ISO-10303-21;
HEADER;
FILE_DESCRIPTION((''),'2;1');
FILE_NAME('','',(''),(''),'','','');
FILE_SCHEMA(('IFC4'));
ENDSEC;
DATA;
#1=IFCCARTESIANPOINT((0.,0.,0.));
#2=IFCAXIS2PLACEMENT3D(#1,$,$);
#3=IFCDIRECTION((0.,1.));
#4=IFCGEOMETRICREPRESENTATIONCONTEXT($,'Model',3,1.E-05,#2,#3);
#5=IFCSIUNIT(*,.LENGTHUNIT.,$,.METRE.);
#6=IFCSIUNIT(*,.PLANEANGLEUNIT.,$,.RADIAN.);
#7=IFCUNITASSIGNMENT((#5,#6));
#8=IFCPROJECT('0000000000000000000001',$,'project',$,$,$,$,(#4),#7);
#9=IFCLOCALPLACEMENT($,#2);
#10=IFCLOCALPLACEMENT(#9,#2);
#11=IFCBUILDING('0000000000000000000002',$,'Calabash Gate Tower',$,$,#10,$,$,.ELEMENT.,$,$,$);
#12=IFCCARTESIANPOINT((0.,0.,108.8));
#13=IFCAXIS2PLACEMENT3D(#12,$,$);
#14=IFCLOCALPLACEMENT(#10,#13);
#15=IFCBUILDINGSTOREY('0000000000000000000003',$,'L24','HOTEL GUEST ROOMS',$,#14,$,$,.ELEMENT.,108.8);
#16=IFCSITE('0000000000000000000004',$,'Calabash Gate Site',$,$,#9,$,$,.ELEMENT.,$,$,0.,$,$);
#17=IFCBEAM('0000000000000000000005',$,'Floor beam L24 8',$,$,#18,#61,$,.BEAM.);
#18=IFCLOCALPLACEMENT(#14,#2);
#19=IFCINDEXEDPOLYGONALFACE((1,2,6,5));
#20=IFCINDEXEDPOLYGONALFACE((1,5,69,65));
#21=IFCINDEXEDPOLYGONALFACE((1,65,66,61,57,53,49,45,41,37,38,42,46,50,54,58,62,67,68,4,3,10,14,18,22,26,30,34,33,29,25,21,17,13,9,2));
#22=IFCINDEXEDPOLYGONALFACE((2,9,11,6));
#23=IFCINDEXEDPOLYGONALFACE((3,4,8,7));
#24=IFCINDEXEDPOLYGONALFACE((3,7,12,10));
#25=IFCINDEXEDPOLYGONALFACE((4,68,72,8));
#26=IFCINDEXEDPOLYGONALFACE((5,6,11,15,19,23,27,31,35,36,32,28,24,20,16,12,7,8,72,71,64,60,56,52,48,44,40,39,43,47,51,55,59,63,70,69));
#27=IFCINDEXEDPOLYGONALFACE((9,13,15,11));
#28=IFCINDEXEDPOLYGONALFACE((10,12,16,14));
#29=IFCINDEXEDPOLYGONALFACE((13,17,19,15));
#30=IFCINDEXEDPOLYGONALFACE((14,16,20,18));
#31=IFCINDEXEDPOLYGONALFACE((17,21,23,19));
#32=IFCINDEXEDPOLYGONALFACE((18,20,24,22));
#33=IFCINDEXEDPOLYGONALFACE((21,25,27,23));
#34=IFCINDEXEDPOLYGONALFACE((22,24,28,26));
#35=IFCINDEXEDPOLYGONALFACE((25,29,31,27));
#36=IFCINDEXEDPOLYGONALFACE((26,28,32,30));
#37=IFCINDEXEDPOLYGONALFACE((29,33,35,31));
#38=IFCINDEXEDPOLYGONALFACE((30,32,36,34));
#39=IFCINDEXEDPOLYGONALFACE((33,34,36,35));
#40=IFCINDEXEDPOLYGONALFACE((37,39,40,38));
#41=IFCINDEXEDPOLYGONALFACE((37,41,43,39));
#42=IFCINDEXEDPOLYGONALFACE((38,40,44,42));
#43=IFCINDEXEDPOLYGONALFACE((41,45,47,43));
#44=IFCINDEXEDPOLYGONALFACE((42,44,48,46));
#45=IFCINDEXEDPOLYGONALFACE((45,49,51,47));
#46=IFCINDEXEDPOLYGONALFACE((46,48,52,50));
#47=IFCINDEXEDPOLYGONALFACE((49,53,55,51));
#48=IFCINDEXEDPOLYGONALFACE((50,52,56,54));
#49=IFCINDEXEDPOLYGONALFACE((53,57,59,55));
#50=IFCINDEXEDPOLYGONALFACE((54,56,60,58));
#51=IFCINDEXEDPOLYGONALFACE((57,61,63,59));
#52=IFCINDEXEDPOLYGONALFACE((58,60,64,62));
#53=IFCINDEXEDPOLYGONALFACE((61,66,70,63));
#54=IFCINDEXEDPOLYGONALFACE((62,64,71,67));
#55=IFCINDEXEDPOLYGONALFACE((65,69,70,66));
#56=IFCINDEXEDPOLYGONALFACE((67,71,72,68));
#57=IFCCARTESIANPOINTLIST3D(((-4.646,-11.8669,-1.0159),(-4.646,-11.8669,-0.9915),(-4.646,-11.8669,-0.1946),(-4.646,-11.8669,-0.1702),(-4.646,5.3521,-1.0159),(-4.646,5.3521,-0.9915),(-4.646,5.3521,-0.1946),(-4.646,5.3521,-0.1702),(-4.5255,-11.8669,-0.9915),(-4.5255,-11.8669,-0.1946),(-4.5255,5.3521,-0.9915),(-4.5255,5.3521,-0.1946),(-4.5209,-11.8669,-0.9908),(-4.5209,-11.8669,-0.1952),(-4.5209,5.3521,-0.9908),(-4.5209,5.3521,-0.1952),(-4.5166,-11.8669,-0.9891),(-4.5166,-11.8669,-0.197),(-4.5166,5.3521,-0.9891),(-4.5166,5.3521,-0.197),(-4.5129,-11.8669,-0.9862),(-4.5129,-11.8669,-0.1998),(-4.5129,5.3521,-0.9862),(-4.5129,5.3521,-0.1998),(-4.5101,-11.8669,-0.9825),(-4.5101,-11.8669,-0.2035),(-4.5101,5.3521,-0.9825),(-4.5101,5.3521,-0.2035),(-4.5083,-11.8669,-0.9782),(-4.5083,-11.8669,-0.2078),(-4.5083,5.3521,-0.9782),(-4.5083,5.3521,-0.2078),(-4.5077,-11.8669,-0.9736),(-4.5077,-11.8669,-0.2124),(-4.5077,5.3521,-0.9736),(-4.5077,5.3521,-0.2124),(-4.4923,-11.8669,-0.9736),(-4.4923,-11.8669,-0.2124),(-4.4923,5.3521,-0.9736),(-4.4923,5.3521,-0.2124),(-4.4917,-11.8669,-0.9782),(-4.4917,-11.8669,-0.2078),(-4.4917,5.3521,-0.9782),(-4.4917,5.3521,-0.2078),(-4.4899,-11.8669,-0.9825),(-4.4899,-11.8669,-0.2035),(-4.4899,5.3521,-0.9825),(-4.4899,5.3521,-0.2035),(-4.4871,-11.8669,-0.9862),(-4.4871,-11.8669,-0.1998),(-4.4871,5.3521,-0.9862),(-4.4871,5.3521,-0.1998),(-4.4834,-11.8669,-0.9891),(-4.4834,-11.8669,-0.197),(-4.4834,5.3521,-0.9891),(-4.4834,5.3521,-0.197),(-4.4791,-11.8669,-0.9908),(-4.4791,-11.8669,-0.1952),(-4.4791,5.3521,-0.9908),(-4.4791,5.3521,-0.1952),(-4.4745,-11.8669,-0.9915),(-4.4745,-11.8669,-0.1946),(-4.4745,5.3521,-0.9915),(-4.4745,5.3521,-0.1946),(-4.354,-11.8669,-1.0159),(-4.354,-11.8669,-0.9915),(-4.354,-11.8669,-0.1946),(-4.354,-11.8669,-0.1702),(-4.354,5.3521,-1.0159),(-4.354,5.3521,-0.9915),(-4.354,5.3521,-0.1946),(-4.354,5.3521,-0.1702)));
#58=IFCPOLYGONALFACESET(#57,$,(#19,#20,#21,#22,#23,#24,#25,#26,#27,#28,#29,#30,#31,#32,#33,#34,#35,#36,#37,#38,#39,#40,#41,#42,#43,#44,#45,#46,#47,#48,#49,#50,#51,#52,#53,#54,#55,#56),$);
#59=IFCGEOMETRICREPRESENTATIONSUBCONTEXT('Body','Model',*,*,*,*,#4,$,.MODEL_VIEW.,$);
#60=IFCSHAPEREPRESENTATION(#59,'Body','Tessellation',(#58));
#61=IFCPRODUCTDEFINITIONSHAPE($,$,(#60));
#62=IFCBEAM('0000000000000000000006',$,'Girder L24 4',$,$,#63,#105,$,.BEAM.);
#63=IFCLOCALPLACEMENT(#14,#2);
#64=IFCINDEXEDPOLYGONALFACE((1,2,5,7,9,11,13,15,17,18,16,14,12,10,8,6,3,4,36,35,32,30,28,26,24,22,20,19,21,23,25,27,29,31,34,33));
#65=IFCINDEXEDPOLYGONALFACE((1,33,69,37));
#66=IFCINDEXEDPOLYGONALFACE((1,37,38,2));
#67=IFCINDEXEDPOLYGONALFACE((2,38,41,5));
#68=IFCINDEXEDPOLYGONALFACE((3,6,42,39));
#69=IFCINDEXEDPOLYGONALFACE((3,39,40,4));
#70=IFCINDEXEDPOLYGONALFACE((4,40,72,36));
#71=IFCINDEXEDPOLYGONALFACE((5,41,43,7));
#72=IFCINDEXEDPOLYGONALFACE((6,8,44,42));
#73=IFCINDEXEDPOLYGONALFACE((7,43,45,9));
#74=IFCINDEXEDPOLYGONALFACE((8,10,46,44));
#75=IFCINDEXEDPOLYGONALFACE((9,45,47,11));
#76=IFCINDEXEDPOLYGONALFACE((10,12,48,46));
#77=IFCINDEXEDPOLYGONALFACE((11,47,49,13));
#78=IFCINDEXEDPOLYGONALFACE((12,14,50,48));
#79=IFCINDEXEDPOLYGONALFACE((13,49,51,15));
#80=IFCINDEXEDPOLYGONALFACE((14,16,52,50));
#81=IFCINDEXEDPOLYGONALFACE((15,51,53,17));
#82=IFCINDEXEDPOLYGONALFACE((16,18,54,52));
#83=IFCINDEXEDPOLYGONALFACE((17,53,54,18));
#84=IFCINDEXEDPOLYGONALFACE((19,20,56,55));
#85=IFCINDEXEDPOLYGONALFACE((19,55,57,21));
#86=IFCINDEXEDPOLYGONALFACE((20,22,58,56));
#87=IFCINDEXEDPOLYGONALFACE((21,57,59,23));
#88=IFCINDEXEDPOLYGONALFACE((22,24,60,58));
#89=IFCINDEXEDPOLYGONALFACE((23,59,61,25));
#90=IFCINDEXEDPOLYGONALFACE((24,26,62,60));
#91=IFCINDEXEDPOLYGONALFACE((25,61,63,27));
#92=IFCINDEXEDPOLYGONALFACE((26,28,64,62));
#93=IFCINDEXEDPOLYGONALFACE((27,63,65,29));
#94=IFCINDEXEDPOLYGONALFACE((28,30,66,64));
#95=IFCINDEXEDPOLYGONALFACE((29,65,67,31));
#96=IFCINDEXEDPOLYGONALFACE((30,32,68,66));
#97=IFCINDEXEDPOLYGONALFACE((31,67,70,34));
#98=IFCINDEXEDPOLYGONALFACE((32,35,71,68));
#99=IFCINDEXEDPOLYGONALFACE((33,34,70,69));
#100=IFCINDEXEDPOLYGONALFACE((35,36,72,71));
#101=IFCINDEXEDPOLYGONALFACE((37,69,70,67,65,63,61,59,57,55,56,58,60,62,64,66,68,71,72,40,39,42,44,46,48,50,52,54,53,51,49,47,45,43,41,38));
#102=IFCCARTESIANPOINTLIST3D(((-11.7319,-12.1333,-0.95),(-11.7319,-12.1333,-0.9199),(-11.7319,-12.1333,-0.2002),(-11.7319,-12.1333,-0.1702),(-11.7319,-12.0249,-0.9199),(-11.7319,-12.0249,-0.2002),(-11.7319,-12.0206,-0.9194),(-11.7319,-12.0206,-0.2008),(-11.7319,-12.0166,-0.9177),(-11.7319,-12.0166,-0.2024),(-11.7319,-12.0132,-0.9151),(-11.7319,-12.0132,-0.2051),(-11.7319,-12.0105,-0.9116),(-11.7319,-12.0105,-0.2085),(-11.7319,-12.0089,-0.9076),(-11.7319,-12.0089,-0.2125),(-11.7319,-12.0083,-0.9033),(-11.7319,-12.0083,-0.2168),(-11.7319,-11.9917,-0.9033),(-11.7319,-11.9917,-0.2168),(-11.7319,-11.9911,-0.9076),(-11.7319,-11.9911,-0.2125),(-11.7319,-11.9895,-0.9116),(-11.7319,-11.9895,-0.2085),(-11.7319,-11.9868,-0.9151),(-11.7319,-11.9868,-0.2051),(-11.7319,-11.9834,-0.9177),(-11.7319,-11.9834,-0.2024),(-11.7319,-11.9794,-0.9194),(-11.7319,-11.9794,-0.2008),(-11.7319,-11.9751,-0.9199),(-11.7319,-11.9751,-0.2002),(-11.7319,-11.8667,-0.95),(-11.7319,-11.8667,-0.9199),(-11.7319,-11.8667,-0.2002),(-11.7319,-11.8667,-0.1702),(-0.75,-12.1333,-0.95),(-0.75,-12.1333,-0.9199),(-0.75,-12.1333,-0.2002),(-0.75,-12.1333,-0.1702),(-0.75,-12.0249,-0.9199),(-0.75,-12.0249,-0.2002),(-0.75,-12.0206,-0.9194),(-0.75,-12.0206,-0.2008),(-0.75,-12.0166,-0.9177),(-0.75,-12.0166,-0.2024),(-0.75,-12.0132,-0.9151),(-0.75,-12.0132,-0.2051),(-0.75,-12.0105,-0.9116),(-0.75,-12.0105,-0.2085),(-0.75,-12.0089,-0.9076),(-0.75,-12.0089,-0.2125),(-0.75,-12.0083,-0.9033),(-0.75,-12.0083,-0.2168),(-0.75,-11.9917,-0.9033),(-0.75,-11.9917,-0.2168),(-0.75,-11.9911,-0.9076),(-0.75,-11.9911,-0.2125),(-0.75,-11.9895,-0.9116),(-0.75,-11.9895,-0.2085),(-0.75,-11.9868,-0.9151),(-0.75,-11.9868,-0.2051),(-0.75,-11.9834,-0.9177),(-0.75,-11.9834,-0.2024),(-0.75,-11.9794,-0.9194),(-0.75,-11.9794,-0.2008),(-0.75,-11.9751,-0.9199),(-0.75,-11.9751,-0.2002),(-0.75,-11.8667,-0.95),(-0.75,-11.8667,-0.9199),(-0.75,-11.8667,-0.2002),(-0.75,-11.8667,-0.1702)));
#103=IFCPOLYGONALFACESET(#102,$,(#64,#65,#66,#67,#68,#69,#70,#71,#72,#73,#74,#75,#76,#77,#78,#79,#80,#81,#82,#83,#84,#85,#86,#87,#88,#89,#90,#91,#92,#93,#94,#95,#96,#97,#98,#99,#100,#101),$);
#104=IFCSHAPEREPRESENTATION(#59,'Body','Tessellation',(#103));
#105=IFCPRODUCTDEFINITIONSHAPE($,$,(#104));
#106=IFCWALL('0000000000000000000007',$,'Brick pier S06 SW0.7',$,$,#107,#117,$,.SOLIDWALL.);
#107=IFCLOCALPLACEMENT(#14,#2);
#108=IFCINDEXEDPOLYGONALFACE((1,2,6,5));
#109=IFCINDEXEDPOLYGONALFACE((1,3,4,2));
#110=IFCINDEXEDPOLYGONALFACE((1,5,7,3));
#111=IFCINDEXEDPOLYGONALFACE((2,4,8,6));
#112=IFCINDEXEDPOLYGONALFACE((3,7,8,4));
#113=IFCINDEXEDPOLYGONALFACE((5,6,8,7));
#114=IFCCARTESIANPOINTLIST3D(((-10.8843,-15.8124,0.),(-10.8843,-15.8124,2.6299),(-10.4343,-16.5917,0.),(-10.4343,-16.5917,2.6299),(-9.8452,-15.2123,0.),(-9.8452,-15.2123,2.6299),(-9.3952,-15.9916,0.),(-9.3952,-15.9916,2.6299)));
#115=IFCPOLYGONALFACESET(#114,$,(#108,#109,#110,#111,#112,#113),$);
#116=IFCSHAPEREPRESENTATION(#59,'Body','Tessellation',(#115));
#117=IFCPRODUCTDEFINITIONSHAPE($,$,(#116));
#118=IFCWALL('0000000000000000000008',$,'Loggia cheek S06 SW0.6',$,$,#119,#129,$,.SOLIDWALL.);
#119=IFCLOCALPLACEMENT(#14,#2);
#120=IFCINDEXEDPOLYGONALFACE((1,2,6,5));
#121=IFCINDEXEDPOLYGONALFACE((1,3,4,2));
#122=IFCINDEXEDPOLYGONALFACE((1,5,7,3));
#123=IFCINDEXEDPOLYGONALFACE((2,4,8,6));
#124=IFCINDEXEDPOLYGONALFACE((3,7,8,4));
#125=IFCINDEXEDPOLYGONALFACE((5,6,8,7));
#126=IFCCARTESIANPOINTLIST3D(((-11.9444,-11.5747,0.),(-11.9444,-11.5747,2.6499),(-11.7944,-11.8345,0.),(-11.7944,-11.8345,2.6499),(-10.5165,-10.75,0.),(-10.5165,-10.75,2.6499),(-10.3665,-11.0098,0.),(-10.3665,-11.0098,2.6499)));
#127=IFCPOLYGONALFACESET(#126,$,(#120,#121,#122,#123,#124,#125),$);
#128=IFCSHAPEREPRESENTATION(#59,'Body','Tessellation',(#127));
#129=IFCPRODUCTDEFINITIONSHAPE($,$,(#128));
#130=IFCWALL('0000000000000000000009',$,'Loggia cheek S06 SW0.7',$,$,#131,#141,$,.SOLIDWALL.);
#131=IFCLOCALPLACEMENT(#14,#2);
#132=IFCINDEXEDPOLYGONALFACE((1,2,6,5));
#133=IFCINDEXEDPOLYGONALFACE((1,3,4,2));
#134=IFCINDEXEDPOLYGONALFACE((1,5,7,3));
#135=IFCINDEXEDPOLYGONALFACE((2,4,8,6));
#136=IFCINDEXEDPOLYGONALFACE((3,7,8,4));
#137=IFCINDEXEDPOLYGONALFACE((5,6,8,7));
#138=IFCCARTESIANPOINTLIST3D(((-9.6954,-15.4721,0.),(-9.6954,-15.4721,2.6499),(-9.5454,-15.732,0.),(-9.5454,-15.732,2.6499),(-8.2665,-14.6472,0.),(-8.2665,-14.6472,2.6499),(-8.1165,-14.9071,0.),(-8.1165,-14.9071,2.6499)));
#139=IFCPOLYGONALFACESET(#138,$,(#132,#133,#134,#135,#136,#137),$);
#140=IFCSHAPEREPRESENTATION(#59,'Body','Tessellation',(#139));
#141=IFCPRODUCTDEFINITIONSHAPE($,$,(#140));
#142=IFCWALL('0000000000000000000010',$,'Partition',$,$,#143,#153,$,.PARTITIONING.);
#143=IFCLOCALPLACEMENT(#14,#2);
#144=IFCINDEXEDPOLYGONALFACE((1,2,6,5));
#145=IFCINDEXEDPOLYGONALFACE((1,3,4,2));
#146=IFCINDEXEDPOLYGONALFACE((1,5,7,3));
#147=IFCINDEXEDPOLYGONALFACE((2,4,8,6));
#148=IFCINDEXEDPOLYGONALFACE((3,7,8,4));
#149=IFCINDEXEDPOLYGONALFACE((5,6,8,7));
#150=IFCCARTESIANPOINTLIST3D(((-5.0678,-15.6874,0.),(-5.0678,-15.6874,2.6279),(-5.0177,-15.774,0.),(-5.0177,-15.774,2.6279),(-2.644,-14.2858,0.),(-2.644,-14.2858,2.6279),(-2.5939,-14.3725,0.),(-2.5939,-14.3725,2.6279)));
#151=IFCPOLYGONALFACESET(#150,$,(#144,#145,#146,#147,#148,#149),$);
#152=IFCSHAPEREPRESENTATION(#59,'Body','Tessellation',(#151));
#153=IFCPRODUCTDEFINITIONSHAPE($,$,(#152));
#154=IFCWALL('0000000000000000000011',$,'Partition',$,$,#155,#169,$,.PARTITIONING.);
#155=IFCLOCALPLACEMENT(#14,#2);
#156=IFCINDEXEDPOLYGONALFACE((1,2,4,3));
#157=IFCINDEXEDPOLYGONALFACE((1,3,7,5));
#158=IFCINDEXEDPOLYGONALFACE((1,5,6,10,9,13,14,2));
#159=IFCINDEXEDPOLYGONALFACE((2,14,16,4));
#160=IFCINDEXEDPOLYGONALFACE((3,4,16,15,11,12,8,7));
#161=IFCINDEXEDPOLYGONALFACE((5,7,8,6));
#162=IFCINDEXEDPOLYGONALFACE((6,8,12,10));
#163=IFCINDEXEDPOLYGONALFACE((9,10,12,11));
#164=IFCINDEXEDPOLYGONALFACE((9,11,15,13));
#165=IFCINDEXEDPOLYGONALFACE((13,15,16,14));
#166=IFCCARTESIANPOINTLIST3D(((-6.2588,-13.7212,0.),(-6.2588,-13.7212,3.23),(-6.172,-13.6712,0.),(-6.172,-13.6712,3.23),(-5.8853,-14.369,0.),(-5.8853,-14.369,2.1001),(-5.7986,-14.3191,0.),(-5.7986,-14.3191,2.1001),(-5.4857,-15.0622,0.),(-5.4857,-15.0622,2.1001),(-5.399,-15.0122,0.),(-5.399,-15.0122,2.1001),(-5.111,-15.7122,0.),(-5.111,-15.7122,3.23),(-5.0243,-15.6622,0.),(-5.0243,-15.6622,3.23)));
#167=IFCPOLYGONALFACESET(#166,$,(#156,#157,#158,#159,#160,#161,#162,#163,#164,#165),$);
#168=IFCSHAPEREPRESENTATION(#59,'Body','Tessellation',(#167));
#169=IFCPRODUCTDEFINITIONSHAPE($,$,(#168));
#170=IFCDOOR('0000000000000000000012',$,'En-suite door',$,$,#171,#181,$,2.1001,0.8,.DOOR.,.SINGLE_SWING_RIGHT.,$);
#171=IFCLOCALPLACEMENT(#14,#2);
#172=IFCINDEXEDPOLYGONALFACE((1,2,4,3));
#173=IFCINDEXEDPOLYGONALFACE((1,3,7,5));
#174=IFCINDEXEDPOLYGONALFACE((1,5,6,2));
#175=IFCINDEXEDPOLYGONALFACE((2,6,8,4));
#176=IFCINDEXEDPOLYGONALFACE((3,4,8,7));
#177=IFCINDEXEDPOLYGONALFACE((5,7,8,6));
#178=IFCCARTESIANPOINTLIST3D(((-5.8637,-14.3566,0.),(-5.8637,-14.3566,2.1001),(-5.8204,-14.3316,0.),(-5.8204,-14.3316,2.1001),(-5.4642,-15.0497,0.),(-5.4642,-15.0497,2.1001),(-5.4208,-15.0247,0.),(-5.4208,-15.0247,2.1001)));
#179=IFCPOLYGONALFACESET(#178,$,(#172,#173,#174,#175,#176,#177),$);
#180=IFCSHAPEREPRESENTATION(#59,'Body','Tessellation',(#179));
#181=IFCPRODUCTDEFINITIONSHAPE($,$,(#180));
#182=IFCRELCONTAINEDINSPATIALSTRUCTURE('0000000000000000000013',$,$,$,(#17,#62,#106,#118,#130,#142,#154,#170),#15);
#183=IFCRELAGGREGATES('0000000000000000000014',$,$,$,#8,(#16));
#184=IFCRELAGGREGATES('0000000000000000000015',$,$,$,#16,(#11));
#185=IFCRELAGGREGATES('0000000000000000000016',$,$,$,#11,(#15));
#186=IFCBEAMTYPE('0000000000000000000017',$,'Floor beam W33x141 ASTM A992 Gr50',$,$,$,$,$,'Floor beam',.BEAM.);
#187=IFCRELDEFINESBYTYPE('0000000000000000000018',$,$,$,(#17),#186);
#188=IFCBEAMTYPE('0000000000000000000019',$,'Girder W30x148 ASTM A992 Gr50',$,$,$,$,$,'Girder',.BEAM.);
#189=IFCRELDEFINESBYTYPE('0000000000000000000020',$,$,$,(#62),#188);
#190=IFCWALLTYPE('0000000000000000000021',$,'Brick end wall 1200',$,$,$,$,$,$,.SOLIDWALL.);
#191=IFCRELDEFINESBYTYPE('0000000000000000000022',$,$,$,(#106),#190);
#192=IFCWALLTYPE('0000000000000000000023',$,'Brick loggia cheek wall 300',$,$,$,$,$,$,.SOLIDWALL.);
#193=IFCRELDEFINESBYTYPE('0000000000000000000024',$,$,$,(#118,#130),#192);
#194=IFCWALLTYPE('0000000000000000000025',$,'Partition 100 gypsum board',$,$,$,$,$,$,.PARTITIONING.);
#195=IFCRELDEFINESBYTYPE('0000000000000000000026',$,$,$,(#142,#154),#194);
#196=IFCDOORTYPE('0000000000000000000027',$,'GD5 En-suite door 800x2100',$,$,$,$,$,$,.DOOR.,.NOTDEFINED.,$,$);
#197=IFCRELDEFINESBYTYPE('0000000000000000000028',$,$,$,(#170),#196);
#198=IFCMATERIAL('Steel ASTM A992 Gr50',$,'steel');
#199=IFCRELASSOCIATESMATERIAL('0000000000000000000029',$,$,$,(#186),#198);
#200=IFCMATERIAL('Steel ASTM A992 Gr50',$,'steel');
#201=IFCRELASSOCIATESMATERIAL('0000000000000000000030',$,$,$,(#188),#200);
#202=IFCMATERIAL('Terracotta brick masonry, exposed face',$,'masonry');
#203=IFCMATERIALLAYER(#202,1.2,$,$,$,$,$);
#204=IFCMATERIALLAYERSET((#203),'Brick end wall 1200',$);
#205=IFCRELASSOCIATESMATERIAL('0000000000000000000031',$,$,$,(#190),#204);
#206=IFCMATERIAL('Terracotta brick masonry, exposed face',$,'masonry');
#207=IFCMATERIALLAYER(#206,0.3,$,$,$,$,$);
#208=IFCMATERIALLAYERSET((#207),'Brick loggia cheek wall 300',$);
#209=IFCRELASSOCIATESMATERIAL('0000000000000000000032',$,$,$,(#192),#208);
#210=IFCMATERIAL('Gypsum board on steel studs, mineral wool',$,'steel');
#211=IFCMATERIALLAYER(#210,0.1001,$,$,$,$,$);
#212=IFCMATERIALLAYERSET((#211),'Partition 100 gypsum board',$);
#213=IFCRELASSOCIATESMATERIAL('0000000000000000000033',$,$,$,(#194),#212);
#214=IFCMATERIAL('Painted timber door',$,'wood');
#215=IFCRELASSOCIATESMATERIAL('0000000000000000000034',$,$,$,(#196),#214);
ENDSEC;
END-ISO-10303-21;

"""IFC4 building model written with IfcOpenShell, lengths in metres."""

from ifc_helpers import new_model, si_unit, direction, frame, frame_2d, origin, origin_2d, place, context, subcontext, project, spatial, rectangle, i_section, extrude, material, layer, layer_set, material_profile, profile_set, type_object, element, fill, save


model = new_model("IFC4")

# Units and contexts
model_context = context("Model", 3, precision=1e-05, world=origin(), true_north=direction((0.0, 1.0)))
body_context = subcontext(model_context, "Body", "Model", "MODEL_VIEW")
ifc_project = project(units=[si_unit("LENGTHUNIT", "METRE"), si_unit("PLANEANGLEUNIT", "RADIAN")], contexts=[model_context])

# Site, building, storey
site_placement = place(None, origin())
site = spatial("IfcSite", under=ifc_project, at=site_placement, Name="Calabash Gate Site", CompositionType="ELEMENT", RefElevation=0.0)
building_placement = place(site_placement, origin())
building = spatial("IfcBuilding", under=site, at=building_placement, Name="Calabash Gate Tower", CompositionType="ELEMENT")
storey_placement = place(building_placement, frame((0.0, 0.0, 108.8)))
storey = spatial("IfcBuildingStorey", under=building, at=storey_placement, Name="L24", Description="HOTEL GUEST ROOMS", CompositionType="ELEMENT", Elevation=108.8)

# Beams
ifc_material_1 = material(Name="Steel ASTM A992 Gr50", Category="steel")
ifc_material_profile_1 = material_profile(ifc_material_1, i_section(OverallWidth=0.292, OverallDepth=0.8457, WebThickness=0.0154, FlangeThickness=0.0244, FilletRadius=0.0178, at=origin_2d()))
ifc_profile_set_1 = profile_set([ifc_material_profile_1], Name="Steel ASTM A992 Gr50")
beam_type_1 = type_object("IfcBeamType", Name="Floor beam W33x141 ASTM A992 Gr50", ElementType="Floor beam", PredefinedType="BEAM", material=ifc_profile_set_1)
beam_1_placement = place(storey_placement, frame((-4.5, -11.8669, -0.593), z_axis=(0.0, 1.0, 0.0), x_axis=(-1.0, 0.0, 0.0)))
element("IfcBeam", 1, at=beam_1_placement, inside=storey, type_object=beam_type_1, Name="Floor beam L24 8", PredefinedType="BEAM", context=body_context, shape_type="SweptSolid", body=[
    extrude(i_section(OverallWidth=0.292, OverallDepth=0.8457, WebThickness=0.0154, FlangeThickness=0.0244, FilletRadius=0.0178, at=origin_2d()), origin(), (0.0, 0.0, 1.0), 17.219),
])
ifc_material_2 = material(Name="Steel ASTM A992 Gr50", Category="steel")
ifc_material_profile_2 = material_profile(ifc_material_2, i_section(OverallWidth=0.2666, OverallDepth=0.7798, WebThickness=0.0166, FlangeThickness=0.03, FilletRadius=0.0166, at=origin_2d()))
ifc_profile_set_2 = profile_set([ifc_material_profile_2], Name="Steel ASTM A992 Gr50")
beam_type_2 = type_object("IfcBeamType", Name="Girder W30x148 ASTM A992 Gr50", ElementType="Girder", PredefinedType="BEAM", material=ifc_profile_set_2)
beam_2_placement = place(storey_placement, frame((-11.7319, -12.0, -0.5601), z_axis=(1.0, 0.0, 0.0), x_axis=(0.0, 1.0, 0.0)))
element("IfcBeam", 2, at=beam_2_placement, inside=storey, type_object=beam_type_2, Name="Girder L24 4", PredefinedType="BEAM", context=body_context, shape_type="SweptSolid", body=[
    extrude(i_section(OverallWidth=0.2666, OverallDepth=0.7798, WebThickness=0.0166, FlangeThickness=0.03, FilletRadius=0.0166, at=origin_2d()), origin(), (0.0, 0.0, 1.0), 10.9819),
])

# Walls
ifc_material_3 = material(Name="Terracotta brick masonry, exposed face", Category="masonry")
ifc_layer_1 = layer(ifc_material_3, 1.2)
ifc_layer_set_1 = layer_set([ifc_layer_1], Name="Brick end wall 1200")
wall_type_1 = type_object("IfcWallType", Name="Brick end wall 1200", PredefinedType="SOLIDWALL", material=ifc_layer_set_1)
wall_1_placement = place(storey_placement, frame((-10.6594, -16.2021, 0.0), z_axis=(0.0, 0.0, 1.0), x_axis=(0.865955, 0.500122, 0.0)))
element("IfcWall", 3, at=wall_1_placement, inside=storey, type_object=wall_type_1, Name="Brick pier S06 SW0.7", PredefinedType="SOLIDWALL", context=body_context, shape_type="SweptSolid", body=[
    extrude(rectangle(XDim=1.2, YDim=0.8999, at=frame_2d((0.6001, 0.0))), origin(), (0.0, 0.0, 1.0), 2.6299),
])
ifc_material_4 = material(Name="Terracotta brick masonry, exposed face", Category="masonry")
ifc_layer_2 = layer(ifc_material_4, 0.3)
ifc_layer_set_2 = layer_set([ifc_layer_2], Name="Brick loggia cheek wall 300")
wall_type_2 = type_object("IfcWallType", Name="Brick loggia cheek wall 300", PredefinedType="SOLIDWALL", material=ifc_layer_set_2)
wall_2_placement = place(storey_placement, frame((-11.8694, -11.7046, 0.0), z_axis=(0.0, 0.0, 1.0), x_axis=(0.865956, 0.50012, 0.0)))
element("IfcWall", 4, at=wall_2_placement, inside=storey, type_object=wall_type_2, Name="Loggia cheek S06 SW0.6", PredefinedType="SOLIDWALL", context=body_context, shape_type="SweptSolid", body=[
    extrude(rectangle(XDim=1.6489, YDim=0.3, at=frame_2d((0.8245, 0.0))), origin(), (0.0, 0.0, 1.0), 2.6499),
])
wall_3_placement = place(storey_placement, frame((-9.6204, -15.6021, 0.0), z_axis=(0.0, 0.0, 1.0), x_axis=(0.86604, 0.499974, 0.0)))
element("IfcWall", 5, at=wall_3_placement, inside=storey, type_object=wall_type_2, Name="Loggia cheek S06 SW0.7", PredefinedType="SOLIDWALL", context=body_context, shape_type="SweptSolid", body=[
    extrude(rectangle(XDim=1.6499, YDim=0.3, at=frame_2d((0.825, 0.0))), origin(), (0.0, 0.0, 1.0), 2.6499),
])
ifc_material_5 = material(Name="Gypsum board on steel studs, mineral wool", Category="steel")
ifc_layer_3 = layer(ifc_material_5, 0.1001)
ifc_layer_set_3 = layer_set([ifc_layer_3], Name="Partition 100 gypsum board")
wall_type_3 = type_object("IfcWallType", Name="Partition 100 gypsum board", PredefinedType="PARTITIONING", material=ifc_layer_set_3)
wall_4_placement = place(storey_placement, frame((-5.0427, -15.7307, 0.0), z_axis=(0.0, 0.0, 1.0), x_axis=(0.865683, 0.500593, 0.0)))
element("IfcWall", 6, at=wall_4_placement, inside=storey, type_object=wall_type_3, Name="Partition", PredefinedType="PARTITIONING", context=body_context, shape_type="SweptSolid", body=[
    extrude(rectangle(XDim=2.7998, YDim=0.1001, at=frame_2d((1.3999, 0.0))), origin(), (0.0, 0.0, 1.0), 2.6279),
])

# Wall, opening, door
wall_5_placement = place(storey_placement, frame((-6.2153, -13.6963, 0.0), z_axis=(0.0, 0.0, 1.0), x_axis=(0.499419, -0.866361, 0.0)))
wall_5 = element("IfcWall", 7, at=wall_5_placement, inside=storey, type_object=wall_type_3, Name="Partition", PredefinedType="PARTITIONING", context=body_context, shape_type="SweptSolid", body=[
    extrude(rectangle(XDim=2.2981, YDim=0.1001, at=frame_2d((1.1489, 0.0))), origin(), (0.0, 0.0, 1.0), 3.23),
])
opening_1_placement = place(wall_5_placement, frame((0.7478, 0.0, 0.0)))
opening_1 = element("IfcOpeningElement", 8, at=opening_1_placement, cuts=wall_5, PredefinedType="OPENING", context=body_context, shape_type="SweptSolid", body=[
    extrude(rectangle(XDim=0.8, YDim=2.1001, at=frame_2d((0.3999, 1.05))), frame((0.0, 0.0601, 0.0), z_axis=(0.0, -1.0, 0.0), x_axis=(1.0, 0.0, 0.0)), (0.0, 0.0, 1.0), 0.1201),
])
ifc_material_6 = material(Name="Painted timber door", Category="wood")
door_type_1 = type_object("IfcDoorType", Name="GD5 En-suite door 800x2100", OperationType="NOTDEFINED", PredefinedType="DOOR", material=ifc_material_6)
door_1_placement = place(opening_1_placement, origin())
door_1 = element("IfcDoor", 9, at=door_1_placement, inside=storey, type_object=door_type_1, Name="En-suite door", OperationType="SINGLE_SWING_RIGHT", OverallHeight=2.1001, OverallWidth=0.8, PredefinedType="DOOR", context=body_context, shape_type="SweptSolid", body=[
    extrude(rectangle(XDim=0.8, YDim=2.1001, at=frame_2d((0.3999, 1.05))), frame((0.0, 0.0249, 0.0), z_axis=(0.0, -1.0, 0.0), x_axis=(1.0, 0.0, 0.0)), (0.0, 0.0, 1.0), 0.05),
])
fill(opening_1, door_1)

save(model, "model.ifc")
